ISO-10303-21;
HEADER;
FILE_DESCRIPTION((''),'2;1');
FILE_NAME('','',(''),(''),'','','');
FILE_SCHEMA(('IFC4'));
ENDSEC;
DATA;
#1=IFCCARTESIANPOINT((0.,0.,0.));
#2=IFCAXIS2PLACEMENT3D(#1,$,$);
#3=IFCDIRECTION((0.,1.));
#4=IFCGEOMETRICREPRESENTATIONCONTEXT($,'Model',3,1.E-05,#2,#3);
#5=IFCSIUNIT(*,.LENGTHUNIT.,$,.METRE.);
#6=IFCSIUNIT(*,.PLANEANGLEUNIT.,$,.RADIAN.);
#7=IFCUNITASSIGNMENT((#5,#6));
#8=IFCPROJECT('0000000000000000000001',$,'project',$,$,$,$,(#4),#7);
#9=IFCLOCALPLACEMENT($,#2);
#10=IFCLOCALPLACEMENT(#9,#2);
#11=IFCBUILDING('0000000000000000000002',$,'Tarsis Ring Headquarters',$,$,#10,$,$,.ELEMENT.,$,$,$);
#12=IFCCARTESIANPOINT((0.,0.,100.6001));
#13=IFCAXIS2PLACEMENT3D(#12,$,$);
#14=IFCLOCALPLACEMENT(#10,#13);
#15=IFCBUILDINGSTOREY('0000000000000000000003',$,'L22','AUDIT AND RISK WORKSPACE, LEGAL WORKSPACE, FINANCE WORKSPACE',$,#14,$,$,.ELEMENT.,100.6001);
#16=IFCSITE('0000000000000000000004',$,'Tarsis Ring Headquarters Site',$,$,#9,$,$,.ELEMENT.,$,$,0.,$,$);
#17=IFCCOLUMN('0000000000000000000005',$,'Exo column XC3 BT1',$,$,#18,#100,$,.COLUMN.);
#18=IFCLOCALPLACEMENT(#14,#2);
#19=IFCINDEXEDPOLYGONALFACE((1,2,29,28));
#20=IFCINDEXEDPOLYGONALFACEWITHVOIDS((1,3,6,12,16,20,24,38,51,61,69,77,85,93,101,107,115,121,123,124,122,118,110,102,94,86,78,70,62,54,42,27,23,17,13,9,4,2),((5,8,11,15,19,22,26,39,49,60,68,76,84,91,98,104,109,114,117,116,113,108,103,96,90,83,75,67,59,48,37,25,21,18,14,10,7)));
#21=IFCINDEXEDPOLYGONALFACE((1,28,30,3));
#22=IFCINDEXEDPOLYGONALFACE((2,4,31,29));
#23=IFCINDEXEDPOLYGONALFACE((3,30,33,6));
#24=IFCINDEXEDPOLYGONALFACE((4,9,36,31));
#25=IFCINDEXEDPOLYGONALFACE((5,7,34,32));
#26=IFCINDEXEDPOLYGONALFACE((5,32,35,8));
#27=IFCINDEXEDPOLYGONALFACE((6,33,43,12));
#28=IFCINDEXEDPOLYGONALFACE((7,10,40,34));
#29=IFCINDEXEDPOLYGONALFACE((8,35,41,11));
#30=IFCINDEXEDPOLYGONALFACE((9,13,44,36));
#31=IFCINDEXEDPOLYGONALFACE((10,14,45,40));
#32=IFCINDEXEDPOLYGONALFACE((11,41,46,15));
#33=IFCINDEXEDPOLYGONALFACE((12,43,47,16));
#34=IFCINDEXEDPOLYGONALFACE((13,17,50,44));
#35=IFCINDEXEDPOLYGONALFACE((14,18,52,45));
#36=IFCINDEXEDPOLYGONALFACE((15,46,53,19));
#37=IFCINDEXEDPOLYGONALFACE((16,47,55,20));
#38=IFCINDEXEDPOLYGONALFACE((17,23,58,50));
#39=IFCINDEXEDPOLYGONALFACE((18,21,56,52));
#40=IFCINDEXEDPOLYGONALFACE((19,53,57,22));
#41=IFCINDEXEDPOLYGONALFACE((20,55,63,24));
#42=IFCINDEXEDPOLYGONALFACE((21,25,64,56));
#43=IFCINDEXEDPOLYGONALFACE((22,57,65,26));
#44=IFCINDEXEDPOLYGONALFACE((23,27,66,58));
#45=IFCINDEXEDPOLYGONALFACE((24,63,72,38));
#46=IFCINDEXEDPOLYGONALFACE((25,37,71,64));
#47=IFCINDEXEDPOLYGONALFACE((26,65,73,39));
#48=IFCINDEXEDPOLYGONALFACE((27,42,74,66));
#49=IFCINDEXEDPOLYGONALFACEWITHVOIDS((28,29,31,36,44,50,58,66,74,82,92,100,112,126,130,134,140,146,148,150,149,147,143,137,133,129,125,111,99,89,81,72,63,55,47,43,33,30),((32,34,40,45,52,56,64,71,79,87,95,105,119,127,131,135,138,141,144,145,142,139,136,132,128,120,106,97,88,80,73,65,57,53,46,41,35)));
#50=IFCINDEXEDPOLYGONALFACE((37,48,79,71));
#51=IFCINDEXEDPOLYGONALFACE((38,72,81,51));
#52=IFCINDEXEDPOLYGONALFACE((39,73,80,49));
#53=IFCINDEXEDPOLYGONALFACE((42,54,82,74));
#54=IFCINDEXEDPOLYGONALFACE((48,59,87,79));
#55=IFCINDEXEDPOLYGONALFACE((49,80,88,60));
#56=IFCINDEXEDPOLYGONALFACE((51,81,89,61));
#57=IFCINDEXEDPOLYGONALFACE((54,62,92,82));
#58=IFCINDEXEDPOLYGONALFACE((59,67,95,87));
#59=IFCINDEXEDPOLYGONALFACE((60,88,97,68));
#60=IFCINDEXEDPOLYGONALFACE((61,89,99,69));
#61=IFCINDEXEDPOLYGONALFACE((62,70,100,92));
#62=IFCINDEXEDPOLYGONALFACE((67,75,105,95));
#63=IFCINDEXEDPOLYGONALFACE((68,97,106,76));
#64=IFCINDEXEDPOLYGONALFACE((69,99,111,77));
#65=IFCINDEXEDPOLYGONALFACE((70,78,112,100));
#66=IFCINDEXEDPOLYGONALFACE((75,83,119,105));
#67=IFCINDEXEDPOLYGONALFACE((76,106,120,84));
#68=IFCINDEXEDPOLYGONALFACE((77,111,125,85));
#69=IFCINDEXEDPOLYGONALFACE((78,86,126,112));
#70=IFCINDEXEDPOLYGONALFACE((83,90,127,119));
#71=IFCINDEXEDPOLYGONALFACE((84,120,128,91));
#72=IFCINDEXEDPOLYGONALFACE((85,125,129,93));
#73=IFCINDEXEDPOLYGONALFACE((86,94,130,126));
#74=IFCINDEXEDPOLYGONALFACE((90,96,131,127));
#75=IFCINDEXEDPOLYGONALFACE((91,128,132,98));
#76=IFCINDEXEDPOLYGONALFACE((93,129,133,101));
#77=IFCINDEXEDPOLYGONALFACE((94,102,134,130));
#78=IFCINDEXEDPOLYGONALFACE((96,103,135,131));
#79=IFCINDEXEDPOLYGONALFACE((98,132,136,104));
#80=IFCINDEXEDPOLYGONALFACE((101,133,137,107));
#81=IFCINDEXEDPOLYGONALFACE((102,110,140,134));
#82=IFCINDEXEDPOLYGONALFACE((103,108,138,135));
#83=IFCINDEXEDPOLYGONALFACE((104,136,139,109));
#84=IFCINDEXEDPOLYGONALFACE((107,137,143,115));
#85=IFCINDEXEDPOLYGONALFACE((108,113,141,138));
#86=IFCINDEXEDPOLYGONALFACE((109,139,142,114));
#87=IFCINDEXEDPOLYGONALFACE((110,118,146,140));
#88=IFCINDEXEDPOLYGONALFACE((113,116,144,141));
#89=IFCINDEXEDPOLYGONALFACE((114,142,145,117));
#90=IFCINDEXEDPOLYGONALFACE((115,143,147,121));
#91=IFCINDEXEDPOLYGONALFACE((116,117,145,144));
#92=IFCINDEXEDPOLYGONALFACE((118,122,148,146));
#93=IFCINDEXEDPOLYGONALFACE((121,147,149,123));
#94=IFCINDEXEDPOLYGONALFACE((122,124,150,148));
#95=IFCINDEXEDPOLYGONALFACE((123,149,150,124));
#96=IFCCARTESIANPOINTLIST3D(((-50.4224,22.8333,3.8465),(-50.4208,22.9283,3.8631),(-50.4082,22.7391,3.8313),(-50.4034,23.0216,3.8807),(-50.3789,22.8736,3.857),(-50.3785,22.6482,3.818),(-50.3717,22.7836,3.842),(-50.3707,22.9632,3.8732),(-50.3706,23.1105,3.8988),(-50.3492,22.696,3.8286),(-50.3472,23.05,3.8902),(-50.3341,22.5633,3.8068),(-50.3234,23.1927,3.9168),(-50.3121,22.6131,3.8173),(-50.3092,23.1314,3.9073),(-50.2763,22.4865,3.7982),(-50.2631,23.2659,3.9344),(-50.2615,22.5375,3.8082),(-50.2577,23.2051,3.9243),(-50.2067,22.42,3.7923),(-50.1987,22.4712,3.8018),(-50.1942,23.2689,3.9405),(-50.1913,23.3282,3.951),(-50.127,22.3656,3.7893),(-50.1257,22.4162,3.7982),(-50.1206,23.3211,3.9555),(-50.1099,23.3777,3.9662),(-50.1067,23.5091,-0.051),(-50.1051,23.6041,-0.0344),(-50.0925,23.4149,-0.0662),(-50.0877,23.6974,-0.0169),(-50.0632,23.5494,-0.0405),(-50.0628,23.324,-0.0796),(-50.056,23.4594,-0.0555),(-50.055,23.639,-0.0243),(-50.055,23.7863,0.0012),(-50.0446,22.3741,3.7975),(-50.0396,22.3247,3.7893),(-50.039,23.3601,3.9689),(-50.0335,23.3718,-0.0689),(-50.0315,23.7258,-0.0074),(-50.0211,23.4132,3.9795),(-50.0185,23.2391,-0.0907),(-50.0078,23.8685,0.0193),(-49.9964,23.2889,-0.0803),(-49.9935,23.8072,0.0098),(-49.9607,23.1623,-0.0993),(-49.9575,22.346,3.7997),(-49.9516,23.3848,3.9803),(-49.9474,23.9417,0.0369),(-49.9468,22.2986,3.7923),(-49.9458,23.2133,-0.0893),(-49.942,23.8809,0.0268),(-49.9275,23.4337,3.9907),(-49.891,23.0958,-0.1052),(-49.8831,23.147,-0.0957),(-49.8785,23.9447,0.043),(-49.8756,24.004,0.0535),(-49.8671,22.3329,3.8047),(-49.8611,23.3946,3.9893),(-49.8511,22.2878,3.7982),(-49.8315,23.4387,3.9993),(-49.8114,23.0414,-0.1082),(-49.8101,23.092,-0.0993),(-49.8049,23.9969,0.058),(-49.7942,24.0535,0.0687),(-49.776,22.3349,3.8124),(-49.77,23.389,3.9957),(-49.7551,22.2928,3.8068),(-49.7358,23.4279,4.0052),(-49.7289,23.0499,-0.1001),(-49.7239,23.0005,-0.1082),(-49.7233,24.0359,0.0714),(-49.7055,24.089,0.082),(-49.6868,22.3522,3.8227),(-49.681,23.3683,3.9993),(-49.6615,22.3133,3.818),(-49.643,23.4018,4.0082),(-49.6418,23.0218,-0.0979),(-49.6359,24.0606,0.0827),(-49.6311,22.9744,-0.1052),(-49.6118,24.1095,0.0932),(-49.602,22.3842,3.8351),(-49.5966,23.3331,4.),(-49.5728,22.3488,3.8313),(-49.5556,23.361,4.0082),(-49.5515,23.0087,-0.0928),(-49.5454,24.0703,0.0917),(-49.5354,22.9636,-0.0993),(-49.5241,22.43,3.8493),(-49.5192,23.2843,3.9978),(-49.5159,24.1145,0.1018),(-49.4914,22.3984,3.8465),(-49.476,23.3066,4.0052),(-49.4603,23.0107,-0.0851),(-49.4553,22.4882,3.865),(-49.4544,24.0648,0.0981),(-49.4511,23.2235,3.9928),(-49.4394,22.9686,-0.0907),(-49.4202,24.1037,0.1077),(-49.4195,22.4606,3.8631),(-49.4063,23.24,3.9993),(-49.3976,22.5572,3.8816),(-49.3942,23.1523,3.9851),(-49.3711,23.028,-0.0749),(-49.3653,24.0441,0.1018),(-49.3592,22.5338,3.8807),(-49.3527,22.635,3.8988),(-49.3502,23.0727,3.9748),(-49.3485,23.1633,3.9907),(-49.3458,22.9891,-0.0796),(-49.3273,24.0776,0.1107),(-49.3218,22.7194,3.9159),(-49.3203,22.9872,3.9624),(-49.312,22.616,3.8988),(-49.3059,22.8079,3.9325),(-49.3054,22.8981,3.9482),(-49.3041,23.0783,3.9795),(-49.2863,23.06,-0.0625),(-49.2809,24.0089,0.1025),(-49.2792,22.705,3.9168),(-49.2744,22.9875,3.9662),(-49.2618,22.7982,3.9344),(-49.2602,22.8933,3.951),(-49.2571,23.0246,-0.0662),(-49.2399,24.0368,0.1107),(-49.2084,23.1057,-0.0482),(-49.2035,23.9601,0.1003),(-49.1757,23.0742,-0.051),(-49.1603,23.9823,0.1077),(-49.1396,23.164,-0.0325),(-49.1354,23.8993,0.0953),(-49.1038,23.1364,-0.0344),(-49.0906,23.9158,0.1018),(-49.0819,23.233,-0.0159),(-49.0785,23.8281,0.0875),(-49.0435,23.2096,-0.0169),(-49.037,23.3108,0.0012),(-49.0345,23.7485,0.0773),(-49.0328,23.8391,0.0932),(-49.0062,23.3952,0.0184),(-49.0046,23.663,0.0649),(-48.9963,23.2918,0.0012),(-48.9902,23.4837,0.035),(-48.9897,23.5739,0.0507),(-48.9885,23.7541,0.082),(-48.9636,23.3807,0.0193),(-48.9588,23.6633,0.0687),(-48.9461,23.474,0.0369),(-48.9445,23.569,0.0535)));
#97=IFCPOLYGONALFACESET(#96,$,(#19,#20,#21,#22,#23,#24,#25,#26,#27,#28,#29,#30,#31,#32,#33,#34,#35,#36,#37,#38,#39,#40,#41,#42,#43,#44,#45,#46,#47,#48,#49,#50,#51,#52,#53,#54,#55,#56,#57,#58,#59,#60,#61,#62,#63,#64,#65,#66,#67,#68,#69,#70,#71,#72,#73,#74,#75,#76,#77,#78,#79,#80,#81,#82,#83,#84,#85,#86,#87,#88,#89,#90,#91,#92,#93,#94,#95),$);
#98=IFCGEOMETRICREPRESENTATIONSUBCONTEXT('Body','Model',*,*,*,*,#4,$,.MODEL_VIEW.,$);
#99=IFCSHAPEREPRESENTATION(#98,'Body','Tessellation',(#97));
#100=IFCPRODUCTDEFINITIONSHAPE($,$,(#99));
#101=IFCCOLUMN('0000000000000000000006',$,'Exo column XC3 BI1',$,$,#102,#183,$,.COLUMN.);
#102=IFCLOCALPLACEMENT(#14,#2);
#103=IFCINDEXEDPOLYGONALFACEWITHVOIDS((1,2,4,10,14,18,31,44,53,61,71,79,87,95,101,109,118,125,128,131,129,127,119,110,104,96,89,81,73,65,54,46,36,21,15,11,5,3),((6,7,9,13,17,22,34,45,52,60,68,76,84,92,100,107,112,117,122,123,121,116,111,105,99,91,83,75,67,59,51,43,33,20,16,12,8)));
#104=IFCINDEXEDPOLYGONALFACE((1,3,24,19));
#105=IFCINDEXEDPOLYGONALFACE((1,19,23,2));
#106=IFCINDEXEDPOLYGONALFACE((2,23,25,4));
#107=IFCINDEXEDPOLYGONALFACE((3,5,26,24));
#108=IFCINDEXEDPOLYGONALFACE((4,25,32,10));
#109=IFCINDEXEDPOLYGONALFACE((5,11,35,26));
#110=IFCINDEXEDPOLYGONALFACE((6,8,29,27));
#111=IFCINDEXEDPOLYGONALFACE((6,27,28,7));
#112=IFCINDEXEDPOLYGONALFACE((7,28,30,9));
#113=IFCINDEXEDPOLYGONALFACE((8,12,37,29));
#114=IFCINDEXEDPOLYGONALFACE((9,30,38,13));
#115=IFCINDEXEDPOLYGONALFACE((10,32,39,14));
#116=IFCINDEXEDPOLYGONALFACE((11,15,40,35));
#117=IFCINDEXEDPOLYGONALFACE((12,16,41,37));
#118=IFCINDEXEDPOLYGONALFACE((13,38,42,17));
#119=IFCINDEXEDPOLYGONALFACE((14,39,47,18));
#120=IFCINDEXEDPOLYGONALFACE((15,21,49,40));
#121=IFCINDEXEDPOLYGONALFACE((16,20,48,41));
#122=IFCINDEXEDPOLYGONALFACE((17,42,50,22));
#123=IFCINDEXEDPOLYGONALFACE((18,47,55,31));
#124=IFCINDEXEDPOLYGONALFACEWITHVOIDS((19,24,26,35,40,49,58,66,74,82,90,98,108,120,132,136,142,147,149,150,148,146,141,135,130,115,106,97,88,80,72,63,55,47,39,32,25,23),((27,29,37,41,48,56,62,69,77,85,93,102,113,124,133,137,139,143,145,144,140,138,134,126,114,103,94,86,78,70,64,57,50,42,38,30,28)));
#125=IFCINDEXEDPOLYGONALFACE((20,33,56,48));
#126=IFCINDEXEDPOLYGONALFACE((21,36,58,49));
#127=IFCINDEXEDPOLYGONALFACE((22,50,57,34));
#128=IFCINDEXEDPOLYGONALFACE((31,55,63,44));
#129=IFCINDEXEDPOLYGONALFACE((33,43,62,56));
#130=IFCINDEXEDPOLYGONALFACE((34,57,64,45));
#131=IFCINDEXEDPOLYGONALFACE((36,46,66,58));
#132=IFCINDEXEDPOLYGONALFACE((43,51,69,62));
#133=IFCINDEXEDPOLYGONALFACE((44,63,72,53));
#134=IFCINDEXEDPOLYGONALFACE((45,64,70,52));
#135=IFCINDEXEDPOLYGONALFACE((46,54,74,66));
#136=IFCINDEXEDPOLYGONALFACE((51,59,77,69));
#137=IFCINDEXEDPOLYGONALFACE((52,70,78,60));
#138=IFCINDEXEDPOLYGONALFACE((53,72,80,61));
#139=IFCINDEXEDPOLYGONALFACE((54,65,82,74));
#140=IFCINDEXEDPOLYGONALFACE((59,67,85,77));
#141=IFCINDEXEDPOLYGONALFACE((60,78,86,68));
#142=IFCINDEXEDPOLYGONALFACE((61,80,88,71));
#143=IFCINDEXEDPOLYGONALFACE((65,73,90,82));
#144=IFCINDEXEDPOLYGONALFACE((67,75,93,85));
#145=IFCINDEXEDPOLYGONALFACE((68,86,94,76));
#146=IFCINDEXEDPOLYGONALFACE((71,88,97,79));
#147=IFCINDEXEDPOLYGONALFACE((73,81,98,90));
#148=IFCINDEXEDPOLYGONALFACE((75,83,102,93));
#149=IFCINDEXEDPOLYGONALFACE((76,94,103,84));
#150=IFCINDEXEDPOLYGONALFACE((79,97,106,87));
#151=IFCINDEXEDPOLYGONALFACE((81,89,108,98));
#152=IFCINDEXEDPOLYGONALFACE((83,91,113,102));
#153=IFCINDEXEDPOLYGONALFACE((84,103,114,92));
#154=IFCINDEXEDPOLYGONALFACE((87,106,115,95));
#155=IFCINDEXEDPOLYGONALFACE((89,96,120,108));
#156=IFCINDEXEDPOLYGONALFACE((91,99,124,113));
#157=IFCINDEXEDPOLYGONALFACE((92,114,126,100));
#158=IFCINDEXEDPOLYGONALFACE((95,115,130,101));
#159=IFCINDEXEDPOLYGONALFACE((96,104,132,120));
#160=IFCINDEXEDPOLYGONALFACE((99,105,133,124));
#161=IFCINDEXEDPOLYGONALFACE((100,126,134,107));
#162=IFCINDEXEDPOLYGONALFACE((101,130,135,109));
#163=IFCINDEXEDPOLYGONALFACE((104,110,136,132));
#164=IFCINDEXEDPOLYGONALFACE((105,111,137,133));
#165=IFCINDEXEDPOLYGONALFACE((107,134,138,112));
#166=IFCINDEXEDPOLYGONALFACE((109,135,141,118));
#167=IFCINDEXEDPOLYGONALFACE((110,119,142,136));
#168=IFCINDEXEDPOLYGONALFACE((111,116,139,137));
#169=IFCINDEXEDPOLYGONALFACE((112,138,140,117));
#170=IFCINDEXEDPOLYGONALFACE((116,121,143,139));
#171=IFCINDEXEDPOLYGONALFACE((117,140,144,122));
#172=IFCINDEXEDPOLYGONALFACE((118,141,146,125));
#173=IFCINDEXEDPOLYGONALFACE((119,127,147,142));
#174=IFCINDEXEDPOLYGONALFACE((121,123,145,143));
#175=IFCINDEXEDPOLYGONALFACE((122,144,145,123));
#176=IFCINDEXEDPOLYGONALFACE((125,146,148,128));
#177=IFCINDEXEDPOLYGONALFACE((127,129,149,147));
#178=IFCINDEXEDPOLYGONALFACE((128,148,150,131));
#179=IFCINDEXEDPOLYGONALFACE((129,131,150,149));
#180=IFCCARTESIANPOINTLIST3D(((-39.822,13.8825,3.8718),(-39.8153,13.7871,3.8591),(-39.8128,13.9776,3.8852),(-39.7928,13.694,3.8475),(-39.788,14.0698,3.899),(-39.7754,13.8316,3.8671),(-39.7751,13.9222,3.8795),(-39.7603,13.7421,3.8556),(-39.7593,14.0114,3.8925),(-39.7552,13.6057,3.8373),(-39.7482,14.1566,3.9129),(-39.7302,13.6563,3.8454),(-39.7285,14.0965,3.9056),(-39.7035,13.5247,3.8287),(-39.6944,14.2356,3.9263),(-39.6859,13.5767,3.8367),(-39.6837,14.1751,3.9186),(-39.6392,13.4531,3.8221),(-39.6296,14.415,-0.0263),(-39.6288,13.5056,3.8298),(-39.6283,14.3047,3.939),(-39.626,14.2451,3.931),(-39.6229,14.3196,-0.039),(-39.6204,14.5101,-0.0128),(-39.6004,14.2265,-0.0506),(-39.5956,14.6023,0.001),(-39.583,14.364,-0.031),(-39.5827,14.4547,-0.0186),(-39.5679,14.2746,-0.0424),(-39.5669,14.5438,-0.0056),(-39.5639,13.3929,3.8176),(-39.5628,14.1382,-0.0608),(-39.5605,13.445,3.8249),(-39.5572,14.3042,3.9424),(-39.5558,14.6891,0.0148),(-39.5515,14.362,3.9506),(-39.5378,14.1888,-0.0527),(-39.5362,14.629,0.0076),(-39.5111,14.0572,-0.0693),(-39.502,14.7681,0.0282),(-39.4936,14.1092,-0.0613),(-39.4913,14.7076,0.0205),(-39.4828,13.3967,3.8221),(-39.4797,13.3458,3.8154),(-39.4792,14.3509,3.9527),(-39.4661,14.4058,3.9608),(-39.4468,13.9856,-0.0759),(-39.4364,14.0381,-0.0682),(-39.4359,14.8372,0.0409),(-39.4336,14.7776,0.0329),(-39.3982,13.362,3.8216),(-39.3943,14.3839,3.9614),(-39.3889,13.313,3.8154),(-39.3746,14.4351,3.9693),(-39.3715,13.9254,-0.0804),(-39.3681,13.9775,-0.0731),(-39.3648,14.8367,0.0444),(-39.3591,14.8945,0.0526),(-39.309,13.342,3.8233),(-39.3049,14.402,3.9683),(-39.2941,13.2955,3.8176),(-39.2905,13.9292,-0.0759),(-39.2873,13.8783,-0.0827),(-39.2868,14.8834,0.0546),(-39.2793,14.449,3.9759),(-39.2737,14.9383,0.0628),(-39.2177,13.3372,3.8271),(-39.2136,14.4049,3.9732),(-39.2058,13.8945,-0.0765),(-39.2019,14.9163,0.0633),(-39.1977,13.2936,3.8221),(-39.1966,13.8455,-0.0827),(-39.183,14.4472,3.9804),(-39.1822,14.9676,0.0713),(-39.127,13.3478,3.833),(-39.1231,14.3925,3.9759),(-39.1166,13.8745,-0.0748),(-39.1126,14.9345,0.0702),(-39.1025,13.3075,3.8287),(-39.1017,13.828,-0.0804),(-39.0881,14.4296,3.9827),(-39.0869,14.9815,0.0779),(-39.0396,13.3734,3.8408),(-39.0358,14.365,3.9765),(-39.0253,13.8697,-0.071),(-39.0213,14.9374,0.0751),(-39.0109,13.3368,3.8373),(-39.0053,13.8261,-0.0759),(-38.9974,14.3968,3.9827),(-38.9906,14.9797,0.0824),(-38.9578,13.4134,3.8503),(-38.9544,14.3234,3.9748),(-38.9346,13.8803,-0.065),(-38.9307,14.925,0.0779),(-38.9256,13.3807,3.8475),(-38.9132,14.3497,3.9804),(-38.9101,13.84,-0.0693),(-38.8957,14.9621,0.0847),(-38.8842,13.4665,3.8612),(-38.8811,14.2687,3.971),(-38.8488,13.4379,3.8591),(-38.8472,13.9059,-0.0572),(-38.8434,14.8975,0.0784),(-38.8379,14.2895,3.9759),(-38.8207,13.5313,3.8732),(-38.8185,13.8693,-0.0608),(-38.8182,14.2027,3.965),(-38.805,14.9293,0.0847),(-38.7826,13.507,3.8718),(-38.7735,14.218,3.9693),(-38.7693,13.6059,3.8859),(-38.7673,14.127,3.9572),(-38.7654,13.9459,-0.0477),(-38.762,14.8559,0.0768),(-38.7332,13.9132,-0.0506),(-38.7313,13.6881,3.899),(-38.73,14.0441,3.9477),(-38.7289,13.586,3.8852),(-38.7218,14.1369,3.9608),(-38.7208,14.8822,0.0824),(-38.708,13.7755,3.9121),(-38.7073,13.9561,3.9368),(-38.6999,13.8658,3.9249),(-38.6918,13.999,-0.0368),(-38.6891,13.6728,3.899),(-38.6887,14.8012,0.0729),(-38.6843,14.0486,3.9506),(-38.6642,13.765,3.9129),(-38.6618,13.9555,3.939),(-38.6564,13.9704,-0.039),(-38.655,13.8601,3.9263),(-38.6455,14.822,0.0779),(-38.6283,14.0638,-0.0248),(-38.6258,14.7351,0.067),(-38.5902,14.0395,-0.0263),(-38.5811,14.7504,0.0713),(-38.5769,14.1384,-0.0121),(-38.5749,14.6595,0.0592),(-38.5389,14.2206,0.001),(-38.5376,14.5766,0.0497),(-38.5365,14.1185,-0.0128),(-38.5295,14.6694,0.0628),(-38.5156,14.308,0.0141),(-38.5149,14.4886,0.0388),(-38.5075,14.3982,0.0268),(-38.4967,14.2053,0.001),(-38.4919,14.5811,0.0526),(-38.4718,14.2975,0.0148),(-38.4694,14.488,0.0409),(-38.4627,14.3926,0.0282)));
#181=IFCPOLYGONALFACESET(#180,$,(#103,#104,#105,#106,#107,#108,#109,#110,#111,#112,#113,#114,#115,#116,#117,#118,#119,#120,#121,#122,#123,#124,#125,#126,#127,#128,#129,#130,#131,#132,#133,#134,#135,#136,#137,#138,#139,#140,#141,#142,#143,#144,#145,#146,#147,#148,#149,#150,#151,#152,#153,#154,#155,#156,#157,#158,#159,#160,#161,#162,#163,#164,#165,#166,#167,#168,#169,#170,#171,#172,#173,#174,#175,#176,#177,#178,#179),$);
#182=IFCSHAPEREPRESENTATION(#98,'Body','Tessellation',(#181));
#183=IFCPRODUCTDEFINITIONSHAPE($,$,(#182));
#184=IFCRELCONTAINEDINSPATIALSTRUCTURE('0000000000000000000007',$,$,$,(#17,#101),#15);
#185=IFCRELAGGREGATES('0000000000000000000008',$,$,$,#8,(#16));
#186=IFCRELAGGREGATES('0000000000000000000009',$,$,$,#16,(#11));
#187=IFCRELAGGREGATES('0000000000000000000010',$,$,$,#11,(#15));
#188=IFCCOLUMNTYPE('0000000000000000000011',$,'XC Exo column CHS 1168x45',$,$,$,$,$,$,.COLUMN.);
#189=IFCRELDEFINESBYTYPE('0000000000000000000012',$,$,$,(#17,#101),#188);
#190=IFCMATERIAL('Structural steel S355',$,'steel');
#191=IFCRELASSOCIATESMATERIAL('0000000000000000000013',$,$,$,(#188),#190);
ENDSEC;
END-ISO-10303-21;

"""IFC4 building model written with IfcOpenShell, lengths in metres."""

from ifc_helpers import new_model, si_unit, direction, frame, origin, origin_2d, place, context, subcontext, project, spatial, hollow_circle, extrude, material, material_profile, profile_set, type_object, element, save


model = new_model("IFC4")

# Units and contexts
model_context = context("Model", 3, precision=1e-05, world=origin(), true_north=direction((0.0, 1.0)))
body_context = subcontext(model_context, "Body", "Model", "MODEL_VIEW")
ifc_project = project(units=[si_unit("LENGTHUNIT", "METRE"), si_unit("PLANEANGLEUNIT", "RADIAN")], contexts=[model_context])

# Site, building, storey
site_placement = place(None, origin())
site = spatial("IfcSite", under=ifc_project, at=site_placement, Name="Tarsis Ring Headquarters Site", CompositionType="ELEMENT", RefElevation=0.0)
building_placement = place(site_placement, origin())
building = spatial("IfcBuilding", under=site, at=building_placement, Name="Tarsis Ring Headquarters", CompositionType="ELEMENT")
storey_placement = place(building_placement, frame((0.0, 0.0, 100.6001)))
storey = spatial("IfcBuildingStorey", under=building, at=storey_placement, Name="L22", Description="AUDIT AND RISK WORKSPACE, LEGAL WORKSPACE, FINANCE WORKSPACE", CompositionType="ELEMENT", Elevation=100.6001)

# Columns
ifc_material_1 = material(Name="Structural steel S355", Category="steel")
ifc_material_profile_1 = material_profile(ifc_material_1, hollow_circle(Radius=0.5842, WallThickness=0.0449, at=origin_2d()), Name="CHS 1168x45")
ifc_profile_set_1 = profile_set([ifc_material_profile_1], Name="Structural steel S355")
column_type = type_object("IfcColumnType", Name="XC Exo column CHS 1168x45", PredefinedType="COLUMN", material=ifc_profile_set_1)
column_1_placement = place(storey_placement, frame((-49.5256, 23.5391, 0.0012), z_axis=(-0.079551, -0.1703, 0.982176), x_axis=(0.906024, -0.423226, 0.0)))
element("IfcColumn", 1, at=column_1_placement, inside=storey, type_object=column_type, Name="Exo column XC3 BT1", PredefinedType="COLUMN", context=body_context, shape_type="SweptSolid", body=[
    extrude(hollow_circle(Radius=0.5842, WallThickness=0.0449, at=origin_2d()), origin(), (0.0, 0.0, 1.0), 3.9683),
])
column_2_placement = place(storey_placement, frame((-39.0461, 14.4038, 0.001), z_axis=(-0.048842, -0.135184, 0.989616), x_axis=(0.940496, -0.339803, 0.0)))
element("IfcColumn", 2, at=column_2_placement, inside=storey, type_object=column_type, Name="Exo column XC3 BI1", PredefinedType="COLUMN", context=body_context, shape_type="SweptSolid", body=[
    extrude(hollow_circle(Radius=0.5842, WallThickness=0.0449, at=origin_2d()), origin(), (0.0, 0.0, 1.0), 3.939),
])

save(model, "model.ifc")
